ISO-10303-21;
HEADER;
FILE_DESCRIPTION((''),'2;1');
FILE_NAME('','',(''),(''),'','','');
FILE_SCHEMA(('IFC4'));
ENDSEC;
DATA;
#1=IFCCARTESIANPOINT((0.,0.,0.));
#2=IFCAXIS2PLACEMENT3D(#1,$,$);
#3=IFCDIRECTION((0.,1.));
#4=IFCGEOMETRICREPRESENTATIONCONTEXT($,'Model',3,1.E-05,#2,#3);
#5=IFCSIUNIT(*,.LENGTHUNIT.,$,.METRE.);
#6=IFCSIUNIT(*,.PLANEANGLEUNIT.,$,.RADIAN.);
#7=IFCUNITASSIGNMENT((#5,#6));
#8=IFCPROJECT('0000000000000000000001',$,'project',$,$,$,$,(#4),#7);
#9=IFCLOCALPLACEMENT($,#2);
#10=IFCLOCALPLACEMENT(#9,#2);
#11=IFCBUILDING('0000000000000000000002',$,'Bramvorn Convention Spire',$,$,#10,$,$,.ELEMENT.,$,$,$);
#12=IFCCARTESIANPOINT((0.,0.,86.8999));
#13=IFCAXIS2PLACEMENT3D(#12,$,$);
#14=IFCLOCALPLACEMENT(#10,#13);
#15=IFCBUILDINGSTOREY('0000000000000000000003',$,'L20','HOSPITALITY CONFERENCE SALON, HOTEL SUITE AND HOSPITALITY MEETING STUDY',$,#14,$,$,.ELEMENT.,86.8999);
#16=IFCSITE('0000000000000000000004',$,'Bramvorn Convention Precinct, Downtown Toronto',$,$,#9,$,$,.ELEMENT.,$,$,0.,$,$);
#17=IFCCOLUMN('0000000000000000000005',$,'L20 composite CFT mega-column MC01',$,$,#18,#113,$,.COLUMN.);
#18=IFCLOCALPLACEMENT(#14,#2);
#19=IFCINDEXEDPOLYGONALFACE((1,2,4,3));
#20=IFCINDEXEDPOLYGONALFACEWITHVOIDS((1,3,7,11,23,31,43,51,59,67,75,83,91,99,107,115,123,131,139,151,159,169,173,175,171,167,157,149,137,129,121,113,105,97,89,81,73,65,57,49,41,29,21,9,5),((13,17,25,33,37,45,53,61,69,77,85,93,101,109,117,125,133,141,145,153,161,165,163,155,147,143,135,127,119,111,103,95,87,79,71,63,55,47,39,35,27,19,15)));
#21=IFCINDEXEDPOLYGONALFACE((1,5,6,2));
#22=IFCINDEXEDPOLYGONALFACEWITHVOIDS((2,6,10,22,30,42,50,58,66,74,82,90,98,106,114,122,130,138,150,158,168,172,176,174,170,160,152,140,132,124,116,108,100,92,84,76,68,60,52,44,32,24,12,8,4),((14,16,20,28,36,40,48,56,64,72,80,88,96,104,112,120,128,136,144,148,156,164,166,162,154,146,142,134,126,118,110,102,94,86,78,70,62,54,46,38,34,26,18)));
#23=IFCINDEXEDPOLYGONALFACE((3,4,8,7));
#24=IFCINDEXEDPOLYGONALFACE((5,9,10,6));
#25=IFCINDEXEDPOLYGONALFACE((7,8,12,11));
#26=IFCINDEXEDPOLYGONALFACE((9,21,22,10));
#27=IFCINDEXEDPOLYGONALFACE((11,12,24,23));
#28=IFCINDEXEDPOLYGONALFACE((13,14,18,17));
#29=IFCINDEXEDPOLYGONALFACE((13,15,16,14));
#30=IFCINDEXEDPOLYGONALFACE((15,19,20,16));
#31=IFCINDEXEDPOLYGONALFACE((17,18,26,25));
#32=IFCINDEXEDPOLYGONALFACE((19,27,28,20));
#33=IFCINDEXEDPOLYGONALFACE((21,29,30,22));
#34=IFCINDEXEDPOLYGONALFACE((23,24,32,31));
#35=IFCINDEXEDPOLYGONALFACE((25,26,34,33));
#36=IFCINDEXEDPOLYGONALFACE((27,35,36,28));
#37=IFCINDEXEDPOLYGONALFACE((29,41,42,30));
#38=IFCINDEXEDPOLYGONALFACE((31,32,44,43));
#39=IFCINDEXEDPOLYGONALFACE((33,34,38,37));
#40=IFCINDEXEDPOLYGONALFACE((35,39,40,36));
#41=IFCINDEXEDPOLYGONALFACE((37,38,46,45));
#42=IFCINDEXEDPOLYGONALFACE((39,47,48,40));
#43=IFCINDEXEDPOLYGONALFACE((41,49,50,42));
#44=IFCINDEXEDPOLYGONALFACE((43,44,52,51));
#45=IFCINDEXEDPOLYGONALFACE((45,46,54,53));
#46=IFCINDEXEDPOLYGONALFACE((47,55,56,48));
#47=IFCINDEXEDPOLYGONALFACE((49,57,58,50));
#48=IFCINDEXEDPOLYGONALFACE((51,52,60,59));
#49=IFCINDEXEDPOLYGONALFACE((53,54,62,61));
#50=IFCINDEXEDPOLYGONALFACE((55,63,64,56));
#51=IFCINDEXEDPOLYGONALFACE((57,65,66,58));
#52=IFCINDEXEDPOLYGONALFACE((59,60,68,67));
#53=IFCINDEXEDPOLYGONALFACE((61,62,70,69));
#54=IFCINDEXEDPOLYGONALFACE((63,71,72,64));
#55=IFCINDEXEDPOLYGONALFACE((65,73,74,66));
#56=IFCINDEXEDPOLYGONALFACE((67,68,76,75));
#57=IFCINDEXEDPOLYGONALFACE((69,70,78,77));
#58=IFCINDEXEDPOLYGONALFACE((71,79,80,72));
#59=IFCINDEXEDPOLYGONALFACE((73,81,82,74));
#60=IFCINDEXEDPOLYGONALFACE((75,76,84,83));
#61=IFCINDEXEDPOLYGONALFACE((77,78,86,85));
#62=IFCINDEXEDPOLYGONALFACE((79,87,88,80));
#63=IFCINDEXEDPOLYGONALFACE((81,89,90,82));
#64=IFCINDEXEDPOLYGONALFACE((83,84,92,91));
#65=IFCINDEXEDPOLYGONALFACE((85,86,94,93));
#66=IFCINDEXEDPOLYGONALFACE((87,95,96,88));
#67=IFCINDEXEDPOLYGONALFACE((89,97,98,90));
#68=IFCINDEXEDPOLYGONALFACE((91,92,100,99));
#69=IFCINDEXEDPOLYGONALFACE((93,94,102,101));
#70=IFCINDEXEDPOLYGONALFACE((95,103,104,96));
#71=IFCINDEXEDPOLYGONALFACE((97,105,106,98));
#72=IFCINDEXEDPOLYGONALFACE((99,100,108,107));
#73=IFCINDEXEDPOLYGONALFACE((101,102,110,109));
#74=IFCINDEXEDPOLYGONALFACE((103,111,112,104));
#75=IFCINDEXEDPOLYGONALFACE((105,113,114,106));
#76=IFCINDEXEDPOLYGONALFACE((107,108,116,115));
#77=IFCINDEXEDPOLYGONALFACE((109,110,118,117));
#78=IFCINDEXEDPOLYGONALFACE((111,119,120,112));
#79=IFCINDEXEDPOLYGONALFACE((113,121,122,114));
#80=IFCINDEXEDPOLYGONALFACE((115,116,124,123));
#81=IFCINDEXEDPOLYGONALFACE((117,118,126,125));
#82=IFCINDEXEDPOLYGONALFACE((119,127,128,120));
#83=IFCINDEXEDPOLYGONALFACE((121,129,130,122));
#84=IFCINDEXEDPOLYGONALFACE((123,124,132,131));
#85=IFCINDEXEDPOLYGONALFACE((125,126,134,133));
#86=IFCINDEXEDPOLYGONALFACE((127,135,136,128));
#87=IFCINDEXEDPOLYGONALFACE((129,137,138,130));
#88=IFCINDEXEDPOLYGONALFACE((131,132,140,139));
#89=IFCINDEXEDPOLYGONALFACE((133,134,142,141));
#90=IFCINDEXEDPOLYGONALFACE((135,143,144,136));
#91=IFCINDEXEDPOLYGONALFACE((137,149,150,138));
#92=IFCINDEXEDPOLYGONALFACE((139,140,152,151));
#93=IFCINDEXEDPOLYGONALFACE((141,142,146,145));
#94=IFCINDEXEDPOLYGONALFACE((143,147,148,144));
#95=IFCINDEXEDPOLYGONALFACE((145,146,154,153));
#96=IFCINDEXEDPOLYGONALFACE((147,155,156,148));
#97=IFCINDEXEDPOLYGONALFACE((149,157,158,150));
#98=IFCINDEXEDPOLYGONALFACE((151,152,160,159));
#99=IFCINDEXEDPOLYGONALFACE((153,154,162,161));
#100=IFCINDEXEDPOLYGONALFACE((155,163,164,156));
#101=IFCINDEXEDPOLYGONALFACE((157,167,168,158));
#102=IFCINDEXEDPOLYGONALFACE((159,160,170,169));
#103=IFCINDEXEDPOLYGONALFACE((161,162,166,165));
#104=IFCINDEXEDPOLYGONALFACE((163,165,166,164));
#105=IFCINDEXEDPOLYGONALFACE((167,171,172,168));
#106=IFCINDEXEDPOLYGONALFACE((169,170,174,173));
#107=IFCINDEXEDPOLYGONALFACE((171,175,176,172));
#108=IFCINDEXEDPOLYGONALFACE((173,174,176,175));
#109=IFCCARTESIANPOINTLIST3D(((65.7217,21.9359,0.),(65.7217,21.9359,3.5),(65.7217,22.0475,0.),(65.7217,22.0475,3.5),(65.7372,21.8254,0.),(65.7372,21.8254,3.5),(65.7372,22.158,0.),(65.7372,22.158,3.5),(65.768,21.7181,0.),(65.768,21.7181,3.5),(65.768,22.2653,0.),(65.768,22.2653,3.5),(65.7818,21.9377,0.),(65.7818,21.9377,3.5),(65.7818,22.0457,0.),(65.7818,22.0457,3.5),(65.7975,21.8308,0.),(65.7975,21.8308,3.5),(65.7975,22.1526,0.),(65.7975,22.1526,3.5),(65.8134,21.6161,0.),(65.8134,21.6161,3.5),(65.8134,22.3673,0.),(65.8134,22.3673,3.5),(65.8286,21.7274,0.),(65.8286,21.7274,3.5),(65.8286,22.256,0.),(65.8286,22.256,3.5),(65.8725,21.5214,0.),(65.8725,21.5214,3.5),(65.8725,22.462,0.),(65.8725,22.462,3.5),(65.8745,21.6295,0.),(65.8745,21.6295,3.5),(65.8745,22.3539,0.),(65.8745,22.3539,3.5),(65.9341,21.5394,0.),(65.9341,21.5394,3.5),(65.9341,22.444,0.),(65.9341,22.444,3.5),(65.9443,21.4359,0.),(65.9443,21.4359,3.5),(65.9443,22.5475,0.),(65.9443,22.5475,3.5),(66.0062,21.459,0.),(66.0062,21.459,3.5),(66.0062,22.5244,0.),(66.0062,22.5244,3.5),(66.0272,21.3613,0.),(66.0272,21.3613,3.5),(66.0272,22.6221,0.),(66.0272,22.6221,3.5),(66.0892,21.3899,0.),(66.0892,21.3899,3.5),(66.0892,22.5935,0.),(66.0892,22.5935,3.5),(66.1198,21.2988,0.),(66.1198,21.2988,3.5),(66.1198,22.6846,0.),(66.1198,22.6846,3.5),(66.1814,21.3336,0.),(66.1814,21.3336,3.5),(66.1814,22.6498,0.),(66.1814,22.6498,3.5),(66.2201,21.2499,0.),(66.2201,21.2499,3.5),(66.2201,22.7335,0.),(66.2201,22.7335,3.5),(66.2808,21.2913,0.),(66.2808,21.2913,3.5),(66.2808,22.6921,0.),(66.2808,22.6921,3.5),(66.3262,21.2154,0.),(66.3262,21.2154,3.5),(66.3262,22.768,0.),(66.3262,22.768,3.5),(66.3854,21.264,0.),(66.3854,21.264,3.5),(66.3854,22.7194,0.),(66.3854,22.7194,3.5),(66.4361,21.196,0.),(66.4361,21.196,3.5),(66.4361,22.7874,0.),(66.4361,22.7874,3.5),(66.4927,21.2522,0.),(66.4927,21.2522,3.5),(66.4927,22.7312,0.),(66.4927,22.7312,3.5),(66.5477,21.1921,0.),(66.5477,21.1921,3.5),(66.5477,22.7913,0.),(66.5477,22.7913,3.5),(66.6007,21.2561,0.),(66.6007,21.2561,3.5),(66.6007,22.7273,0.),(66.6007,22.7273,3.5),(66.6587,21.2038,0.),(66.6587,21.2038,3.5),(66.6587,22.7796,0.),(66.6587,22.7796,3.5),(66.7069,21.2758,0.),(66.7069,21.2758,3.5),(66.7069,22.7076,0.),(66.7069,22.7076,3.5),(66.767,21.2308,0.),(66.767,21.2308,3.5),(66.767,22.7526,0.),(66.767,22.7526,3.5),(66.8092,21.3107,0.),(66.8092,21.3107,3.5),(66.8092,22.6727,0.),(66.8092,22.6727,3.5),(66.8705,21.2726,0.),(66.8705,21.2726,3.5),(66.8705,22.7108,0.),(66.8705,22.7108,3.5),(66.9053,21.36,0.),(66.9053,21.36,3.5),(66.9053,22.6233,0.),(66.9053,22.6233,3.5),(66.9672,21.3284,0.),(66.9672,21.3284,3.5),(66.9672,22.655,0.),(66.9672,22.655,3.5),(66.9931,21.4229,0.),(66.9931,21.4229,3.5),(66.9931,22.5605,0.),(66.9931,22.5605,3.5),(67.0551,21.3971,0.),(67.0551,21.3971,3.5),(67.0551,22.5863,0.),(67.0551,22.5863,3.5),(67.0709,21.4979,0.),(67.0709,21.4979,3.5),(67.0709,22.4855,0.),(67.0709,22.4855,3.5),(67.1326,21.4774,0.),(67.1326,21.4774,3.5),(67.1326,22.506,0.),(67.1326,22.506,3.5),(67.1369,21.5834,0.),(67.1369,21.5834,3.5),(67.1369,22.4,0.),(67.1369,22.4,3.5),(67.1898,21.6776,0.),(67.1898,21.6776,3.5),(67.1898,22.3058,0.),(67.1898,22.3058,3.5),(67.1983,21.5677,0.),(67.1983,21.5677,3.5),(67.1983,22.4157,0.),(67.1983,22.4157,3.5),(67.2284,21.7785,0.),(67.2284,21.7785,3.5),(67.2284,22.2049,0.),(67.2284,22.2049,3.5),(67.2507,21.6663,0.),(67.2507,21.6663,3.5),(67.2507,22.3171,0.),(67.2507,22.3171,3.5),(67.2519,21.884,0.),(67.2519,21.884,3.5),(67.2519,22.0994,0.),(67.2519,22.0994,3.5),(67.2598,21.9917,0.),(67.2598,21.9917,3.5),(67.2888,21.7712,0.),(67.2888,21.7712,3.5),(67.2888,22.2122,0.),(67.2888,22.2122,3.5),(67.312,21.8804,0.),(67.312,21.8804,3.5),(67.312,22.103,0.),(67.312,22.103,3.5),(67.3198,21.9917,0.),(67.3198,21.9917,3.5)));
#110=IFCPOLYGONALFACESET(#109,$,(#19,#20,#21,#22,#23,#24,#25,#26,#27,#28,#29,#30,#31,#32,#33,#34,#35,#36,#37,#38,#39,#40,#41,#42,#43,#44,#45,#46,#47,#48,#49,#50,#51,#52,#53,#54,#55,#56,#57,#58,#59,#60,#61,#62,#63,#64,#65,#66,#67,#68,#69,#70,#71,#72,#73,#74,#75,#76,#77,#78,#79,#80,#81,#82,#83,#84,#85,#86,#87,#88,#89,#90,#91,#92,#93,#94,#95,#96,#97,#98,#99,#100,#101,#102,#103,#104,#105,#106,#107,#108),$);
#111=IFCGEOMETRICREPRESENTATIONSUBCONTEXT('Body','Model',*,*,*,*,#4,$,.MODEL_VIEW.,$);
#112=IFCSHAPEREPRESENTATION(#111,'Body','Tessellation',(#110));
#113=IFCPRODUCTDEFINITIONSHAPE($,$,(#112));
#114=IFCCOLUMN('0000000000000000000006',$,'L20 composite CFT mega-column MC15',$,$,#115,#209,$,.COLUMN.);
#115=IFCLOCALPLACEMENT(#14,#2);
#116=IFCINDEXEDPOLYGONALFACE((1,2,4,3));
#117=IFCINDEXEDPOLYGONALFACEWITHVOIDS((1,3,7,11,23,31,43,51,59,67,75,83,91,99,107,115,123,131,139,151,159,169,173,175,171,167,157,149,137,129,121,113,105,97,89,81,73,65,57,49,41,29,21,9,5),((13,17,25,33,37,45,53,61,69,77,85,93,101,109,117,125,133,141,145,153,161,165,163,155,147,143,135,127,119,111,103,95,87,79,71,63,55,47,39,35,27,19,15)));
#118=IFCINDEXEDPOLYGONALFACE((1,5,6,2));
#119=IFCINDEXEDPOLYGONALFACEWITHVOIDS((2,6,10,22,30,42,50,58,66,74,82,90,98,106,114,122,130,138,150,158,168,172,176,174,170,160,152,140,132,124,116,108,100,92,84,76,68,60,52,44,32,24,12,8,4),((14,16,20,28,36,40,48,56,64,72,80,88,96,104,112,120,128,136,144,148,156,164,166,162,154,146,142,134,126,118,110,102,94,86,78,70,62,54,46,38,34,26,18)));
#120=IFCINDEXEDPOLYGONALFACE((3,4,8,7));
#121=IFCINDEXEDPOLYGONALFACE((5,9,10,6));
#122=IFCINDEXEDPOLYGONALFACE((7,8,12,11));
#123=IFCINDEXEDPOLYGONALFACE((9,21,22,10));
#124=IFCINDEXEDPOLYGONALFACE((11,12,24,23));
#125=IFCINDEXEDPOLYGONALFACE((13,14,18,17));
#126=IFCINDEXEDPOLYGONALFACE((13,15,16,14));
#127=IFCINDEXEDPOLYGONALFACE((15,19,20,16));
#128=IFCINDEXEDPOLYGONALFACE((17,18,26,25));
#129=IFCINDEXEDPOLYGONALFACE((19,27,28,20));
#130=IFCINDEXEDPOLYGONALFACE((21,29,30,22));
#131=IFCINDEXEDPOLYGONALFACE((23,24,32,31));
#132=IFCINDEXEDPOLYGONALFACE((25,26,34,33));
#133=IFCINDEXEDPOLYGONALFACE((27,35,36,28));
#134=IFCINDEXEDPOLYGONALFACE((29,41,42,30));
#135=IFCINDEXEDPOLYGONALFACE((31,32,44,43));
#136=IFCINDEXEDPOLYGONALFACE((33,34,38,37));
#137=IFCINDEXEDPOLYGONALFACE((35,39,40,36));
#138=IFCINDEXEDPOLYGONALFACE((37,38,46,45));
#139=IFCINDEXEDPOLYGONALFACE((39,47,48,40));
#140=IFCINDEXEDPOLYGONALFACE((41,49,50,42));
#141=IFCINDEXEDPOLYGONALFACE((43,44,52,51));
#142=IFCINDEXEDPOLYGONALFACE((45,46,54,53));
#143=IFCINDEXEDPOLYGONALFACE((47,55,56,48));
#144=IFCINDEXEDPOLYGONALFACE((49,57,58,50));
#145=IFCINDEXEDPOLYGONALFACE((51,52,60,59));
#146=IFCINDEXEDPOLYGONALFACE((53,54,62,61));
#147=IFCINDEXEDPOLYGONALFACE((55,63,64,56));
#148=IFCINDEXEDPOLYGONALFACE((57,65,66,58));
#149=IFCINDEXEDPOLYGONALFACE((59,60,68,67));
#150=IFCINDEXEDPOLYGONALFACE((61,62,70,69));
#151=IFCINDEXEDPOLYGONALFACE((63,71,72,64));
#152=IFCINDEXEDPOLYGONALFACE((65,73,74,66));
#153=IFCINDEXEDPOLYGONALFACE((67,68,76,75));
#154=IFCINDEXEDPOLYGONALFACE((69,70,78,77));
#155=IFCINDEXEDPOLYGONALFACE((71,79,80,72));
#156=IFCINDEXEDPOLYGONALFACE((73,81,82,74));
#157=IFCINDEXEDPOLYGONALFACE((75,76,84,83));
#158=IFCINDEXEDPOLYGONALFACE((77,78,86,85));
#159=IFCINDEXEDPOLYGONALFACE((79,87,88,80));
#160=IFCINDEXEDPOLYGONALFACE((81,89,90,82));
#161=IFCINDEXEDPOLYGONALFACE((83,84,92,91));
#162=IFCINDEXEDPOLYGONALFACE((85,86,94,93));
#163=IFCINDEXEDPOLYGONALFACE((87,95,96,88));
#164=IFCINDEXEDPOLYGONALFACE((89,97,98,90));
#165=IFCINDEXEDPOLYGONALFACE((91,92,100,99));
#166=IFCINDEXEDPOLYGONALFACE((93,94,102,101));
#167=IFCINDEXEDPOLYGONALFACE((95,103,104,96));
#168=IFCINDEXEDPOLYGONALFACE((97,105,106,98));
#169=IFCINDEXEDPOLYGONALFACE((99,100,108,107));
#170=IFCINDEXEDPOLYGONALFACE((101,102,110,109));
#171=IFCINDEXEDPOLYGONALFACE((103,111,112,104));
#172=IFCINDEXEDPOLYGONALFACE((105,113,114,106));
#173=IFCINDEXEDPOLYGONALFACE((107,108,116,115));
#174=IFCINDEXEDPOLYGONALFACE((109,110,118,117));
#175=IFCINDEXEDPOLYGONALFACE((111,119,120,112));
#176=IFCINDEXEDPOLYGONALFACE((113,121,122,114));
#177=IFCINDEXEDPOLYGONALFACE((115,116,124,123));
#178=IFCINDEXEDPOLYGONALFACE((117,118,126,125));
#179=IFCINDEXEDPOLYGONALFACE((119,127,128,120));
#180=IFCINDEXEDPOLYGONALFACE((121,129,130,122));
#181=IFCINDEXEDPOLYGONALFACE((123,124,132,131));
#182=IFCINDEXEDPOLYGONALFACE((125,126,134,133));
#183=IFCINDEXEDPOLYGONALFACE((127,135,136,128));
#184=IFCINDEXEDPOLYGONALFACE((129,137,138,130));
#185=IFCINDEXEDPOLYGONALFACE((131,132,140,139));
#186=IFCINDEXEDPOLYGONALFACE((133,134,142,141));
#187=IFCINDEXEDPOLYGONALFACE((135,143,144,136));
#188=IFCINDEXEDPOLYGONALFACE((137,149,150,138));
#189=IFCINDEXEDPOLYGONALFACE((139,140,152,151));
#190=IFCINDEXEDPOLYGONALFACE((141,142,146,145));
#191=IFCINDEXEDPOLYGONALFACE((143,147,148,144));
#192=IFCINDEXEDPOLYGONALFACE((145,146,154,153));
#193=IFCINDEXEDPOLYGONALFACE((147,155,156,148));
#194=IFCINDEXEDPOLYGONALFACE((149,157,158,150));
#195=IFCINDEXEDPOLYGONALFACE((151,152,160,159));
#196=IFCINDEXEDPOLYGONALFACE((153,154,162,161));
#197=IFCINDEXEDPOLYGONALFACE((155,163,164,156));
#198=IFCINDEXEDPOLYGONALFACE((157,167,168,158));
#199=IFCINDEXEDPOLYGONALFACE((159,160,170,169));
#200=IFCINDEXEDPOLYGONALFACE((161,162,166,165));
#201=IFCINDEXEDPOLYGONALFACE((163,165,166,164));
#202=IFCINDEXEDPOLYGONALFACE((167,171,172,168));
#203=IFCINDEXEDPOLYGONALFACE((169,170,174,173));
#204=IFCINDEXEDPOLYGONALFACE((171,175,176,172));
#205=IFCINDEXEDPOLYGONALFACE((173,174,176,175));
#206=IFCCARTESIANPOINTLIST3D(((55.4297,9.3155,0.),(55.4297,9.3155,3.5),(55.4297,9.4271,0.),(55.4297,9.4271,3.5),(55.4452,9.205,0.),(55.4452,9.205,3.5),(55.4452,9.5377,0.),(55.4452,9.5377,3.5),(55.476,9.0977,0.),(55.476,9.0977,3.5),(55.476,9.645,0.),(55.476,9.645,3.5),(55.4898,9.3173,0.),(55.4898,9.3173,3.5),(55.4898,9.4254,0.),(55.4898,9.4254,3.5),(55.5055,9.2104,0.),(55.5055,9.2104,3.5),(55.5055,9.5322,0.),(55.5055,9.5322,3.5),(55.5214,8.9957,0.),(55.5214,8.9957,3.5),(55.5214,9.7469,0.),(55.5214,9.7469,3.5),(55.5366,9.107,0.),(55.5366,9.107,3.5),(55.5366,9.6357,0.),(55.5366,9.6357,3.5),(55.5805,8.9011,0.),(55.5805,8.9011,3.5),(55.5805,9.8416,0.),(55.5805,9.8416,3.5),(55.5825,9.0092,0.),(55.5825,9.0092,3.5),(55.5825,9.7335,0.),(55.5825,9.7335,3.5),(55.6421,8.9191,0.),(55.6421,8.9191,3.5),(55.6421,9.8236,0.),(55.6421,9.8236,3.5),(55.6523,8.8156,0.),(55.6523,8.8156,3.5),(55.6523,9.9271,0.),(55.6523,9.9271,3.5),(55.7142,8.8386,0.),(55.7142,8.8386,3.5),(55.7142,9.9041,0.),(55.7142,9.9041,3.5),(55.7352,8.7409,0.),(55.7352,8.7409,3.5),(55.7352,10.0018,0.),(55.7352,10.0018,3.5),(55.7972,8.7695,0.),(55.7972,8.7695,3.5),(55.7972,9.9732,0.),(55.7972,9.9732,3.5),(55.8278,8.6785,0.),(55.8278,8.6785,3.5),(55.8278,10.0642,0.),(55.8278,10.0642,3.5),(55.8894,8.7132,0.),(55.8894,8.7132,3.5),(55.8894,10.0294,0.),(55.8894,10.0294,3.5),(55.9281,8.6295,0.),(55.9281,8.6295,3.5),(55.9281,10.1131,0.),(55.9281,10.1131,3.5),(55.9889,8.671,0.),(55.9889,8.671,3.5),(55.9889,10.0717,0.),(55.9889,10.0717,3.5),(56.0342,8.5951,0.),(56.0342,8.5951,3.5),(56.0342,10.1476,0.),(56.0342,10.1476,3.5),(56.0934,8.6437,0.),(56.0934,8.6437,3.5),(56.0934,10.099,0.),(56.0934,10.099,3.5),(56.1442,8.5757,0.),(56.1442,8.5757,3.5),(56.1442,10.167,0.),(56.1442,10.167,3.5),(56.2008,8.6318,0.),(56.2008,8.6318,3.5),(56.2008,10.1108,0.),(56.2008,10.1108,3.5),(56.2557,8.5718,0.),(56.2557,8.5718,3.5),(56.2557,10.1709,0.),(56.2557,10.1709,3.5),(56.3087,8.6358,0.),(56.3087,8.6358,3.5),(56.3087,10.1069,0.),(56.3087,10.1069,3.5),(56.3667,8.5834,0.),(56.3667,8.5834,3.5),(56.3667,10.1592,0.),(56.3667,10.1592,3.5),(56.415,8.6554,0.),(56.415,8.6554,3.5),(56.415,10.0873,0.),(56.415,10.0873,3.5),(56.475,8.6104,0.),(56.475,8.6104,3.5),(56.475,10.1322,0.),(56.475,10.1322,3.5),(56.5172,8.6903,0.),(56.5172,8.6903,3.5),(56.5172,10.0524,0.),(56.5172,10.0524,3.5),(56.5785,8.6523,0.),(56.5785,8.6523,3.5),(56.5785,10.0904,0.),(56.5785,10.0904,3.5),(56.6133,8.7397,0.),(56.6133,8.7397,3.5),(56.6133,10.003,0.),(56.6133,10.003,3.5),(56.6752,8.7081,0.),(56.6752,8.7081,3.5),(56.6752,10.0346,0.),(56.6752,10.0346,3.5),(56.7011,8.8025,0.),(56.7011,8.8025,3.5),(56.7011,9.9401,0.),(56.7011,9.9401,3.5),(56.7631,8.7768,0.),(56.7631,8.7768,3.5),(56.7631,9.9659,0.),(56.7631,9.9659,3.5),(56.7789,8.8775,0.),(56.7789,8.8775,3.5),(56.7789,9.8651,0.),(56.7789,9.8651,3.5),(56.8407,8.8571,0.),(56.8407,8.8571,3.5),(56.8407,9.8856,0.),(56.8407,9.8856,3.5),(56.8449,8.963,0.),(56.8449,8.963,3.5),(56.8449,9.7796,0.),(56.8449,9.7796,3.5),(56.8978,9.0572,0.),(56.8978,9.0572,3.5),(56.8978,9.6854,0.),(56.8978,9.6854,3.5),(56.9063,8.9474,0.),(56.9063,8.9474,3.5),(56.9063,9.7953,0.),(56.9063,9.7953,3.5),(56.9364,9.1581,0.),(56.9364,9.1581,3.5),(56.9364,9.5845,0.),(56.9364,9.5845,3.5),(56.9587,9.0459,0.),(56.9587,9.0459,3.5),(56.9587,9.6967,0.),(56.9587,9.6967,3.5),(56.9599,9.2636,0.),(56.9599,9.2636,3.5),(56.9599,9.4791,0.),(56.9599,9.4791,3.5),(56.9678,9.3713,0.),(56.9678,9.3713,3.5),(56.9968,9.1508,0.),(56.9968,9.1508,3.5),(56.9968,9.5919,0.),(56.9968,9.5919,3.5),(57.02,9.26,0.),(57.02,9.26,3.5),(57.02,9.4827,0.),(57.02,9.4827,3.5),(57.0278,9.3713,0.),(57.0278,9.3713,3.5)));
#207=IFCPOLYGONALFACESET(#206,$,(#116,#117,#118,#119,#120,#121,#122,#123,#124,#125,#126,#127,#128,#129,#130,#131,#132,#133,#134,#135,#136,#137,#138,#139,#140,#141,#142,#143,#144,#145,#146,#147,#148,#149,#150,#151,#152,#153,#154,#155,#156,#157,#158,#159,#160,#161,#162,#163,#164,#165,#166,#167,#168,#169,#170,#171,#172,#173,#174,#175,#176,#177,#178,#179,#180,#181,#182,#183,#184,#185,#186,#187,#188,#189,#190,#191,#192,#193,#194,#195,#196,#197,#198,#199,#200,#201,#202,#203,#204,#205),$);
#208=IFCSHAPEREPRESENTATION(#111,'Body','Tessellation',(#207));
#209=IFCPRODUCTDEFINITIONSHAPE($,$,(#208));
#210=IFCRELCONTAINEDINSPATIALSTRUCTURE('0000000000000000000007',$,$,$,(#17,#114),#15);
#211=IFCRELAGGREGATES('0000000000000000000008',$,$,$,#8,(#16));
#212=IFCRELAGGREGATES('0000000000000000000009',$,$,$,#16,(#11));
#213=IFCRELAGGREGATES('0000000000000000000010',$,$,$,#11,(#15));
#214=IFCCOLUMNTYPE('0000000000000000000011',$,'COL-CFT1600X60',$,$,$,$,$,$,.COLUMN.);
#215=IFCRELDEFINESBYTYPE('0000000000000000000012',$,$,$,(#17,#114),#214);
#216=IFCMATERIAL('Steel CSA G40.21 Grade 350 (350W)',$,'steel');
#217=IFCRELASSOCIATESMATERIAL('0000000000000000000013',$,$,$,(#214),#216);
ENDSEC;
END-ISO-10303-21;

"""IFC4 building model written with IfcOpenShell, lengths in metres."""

from ifc_helpers import new_model, si_unit, direction, frame, origin, origin_2d, place, context, subcontext, project, spatial, hollow_circle, extrude, material, material_profile, profile_set, type_object, element, save


model = new_model("IFC4")

# Units and contexts
model_context = context("Model", 3, precision=1e-05, world=origin(), true_north=direction((0.0, 1.0)))
body_context = subcontext(model_context, "Body", "Model", "MODEL_VIEW")
ifc_project = project(units=[si_unit("LENGTHUNIT", "METRE"), si_unit("PLANEANGLEUNIT", "RADIAN")], contexts=[model_context])

# Site, building, storey
site_placement = place(None, origin())
site = spatial("IfcSite", under=ifc_project, at=site_placement, Name="Bramvorn Convention Precinct, Downtown Toronto", CompositionType="ELEMENT", RefElevation=0.0)
building_placement = place(site_placement, origin())
building = spatial("IfcBuilding", under=site, at=building_placement, Name="Bramvorn Convention Spire", CompositionType="ELEMENT")
storey_placement = place(building_placement, frame((0.0, 0.0, 86.8999)))
storey = spatial("IfcBuildingStorey", under=building, at=storey_placement, Name="L20", Description="HOSPITALITY CONFERENCE SALON, HOTEL SUITE AND HOSPITALITY MEETING STUDY", CompositionType="ELEMENT", Elevation=86.8999)

# Columns
ifc_material_1 = material(Name="Steel CSA G40.21 Grade 350 (350W)", Category="steel")
ifc_material_profile_1 = material_profile(ifc_material_1, hollow_circle(Radius=0.8, WallThickness=0.0601, at=origin_2d()))
ifc_profile_set_1 = profile_set([ifc_material_profile_1], Name="Steel CSA G40.21 Grade 350 (350W) - CFT1600X60")
column_type = type_object("IfcColumnType", Name="COL-CFT1600X60", PredefinedType="COLUMN", material=ifc_profile_set_1)
for number, where, z_axis, x_axis, name in (
    (1, (66.5198, 21.9917, 0.0), (0.0, 0.0, 1.0), (1.0, 0.0, 0.0), "L20 composite CFT mega-column MC01"),
    (2, (56.2278, 9.3713, 0.0), (0.0, 0.0, 1.0), (1.0, 0.0, 0.0), "L20 composite CFT mega-column MC15"),
):
    element("IfcColumn", number, at=place(storey_placement, frame(where, z_axis=z_axis, x_axis=x_axis)), inside=storey, type_object=column_type, Name=name, PredefinedType="COLUMN", context=body_context, shape_type="SweptSolid", body=[
        extrude(hollow_circle(Radius=0.8, WallThickness=0.0601, at=origin_2d()), origin(), (0.0, 0.0, 1.0), 3.5),
    ])

save(model, "model.ifc")
